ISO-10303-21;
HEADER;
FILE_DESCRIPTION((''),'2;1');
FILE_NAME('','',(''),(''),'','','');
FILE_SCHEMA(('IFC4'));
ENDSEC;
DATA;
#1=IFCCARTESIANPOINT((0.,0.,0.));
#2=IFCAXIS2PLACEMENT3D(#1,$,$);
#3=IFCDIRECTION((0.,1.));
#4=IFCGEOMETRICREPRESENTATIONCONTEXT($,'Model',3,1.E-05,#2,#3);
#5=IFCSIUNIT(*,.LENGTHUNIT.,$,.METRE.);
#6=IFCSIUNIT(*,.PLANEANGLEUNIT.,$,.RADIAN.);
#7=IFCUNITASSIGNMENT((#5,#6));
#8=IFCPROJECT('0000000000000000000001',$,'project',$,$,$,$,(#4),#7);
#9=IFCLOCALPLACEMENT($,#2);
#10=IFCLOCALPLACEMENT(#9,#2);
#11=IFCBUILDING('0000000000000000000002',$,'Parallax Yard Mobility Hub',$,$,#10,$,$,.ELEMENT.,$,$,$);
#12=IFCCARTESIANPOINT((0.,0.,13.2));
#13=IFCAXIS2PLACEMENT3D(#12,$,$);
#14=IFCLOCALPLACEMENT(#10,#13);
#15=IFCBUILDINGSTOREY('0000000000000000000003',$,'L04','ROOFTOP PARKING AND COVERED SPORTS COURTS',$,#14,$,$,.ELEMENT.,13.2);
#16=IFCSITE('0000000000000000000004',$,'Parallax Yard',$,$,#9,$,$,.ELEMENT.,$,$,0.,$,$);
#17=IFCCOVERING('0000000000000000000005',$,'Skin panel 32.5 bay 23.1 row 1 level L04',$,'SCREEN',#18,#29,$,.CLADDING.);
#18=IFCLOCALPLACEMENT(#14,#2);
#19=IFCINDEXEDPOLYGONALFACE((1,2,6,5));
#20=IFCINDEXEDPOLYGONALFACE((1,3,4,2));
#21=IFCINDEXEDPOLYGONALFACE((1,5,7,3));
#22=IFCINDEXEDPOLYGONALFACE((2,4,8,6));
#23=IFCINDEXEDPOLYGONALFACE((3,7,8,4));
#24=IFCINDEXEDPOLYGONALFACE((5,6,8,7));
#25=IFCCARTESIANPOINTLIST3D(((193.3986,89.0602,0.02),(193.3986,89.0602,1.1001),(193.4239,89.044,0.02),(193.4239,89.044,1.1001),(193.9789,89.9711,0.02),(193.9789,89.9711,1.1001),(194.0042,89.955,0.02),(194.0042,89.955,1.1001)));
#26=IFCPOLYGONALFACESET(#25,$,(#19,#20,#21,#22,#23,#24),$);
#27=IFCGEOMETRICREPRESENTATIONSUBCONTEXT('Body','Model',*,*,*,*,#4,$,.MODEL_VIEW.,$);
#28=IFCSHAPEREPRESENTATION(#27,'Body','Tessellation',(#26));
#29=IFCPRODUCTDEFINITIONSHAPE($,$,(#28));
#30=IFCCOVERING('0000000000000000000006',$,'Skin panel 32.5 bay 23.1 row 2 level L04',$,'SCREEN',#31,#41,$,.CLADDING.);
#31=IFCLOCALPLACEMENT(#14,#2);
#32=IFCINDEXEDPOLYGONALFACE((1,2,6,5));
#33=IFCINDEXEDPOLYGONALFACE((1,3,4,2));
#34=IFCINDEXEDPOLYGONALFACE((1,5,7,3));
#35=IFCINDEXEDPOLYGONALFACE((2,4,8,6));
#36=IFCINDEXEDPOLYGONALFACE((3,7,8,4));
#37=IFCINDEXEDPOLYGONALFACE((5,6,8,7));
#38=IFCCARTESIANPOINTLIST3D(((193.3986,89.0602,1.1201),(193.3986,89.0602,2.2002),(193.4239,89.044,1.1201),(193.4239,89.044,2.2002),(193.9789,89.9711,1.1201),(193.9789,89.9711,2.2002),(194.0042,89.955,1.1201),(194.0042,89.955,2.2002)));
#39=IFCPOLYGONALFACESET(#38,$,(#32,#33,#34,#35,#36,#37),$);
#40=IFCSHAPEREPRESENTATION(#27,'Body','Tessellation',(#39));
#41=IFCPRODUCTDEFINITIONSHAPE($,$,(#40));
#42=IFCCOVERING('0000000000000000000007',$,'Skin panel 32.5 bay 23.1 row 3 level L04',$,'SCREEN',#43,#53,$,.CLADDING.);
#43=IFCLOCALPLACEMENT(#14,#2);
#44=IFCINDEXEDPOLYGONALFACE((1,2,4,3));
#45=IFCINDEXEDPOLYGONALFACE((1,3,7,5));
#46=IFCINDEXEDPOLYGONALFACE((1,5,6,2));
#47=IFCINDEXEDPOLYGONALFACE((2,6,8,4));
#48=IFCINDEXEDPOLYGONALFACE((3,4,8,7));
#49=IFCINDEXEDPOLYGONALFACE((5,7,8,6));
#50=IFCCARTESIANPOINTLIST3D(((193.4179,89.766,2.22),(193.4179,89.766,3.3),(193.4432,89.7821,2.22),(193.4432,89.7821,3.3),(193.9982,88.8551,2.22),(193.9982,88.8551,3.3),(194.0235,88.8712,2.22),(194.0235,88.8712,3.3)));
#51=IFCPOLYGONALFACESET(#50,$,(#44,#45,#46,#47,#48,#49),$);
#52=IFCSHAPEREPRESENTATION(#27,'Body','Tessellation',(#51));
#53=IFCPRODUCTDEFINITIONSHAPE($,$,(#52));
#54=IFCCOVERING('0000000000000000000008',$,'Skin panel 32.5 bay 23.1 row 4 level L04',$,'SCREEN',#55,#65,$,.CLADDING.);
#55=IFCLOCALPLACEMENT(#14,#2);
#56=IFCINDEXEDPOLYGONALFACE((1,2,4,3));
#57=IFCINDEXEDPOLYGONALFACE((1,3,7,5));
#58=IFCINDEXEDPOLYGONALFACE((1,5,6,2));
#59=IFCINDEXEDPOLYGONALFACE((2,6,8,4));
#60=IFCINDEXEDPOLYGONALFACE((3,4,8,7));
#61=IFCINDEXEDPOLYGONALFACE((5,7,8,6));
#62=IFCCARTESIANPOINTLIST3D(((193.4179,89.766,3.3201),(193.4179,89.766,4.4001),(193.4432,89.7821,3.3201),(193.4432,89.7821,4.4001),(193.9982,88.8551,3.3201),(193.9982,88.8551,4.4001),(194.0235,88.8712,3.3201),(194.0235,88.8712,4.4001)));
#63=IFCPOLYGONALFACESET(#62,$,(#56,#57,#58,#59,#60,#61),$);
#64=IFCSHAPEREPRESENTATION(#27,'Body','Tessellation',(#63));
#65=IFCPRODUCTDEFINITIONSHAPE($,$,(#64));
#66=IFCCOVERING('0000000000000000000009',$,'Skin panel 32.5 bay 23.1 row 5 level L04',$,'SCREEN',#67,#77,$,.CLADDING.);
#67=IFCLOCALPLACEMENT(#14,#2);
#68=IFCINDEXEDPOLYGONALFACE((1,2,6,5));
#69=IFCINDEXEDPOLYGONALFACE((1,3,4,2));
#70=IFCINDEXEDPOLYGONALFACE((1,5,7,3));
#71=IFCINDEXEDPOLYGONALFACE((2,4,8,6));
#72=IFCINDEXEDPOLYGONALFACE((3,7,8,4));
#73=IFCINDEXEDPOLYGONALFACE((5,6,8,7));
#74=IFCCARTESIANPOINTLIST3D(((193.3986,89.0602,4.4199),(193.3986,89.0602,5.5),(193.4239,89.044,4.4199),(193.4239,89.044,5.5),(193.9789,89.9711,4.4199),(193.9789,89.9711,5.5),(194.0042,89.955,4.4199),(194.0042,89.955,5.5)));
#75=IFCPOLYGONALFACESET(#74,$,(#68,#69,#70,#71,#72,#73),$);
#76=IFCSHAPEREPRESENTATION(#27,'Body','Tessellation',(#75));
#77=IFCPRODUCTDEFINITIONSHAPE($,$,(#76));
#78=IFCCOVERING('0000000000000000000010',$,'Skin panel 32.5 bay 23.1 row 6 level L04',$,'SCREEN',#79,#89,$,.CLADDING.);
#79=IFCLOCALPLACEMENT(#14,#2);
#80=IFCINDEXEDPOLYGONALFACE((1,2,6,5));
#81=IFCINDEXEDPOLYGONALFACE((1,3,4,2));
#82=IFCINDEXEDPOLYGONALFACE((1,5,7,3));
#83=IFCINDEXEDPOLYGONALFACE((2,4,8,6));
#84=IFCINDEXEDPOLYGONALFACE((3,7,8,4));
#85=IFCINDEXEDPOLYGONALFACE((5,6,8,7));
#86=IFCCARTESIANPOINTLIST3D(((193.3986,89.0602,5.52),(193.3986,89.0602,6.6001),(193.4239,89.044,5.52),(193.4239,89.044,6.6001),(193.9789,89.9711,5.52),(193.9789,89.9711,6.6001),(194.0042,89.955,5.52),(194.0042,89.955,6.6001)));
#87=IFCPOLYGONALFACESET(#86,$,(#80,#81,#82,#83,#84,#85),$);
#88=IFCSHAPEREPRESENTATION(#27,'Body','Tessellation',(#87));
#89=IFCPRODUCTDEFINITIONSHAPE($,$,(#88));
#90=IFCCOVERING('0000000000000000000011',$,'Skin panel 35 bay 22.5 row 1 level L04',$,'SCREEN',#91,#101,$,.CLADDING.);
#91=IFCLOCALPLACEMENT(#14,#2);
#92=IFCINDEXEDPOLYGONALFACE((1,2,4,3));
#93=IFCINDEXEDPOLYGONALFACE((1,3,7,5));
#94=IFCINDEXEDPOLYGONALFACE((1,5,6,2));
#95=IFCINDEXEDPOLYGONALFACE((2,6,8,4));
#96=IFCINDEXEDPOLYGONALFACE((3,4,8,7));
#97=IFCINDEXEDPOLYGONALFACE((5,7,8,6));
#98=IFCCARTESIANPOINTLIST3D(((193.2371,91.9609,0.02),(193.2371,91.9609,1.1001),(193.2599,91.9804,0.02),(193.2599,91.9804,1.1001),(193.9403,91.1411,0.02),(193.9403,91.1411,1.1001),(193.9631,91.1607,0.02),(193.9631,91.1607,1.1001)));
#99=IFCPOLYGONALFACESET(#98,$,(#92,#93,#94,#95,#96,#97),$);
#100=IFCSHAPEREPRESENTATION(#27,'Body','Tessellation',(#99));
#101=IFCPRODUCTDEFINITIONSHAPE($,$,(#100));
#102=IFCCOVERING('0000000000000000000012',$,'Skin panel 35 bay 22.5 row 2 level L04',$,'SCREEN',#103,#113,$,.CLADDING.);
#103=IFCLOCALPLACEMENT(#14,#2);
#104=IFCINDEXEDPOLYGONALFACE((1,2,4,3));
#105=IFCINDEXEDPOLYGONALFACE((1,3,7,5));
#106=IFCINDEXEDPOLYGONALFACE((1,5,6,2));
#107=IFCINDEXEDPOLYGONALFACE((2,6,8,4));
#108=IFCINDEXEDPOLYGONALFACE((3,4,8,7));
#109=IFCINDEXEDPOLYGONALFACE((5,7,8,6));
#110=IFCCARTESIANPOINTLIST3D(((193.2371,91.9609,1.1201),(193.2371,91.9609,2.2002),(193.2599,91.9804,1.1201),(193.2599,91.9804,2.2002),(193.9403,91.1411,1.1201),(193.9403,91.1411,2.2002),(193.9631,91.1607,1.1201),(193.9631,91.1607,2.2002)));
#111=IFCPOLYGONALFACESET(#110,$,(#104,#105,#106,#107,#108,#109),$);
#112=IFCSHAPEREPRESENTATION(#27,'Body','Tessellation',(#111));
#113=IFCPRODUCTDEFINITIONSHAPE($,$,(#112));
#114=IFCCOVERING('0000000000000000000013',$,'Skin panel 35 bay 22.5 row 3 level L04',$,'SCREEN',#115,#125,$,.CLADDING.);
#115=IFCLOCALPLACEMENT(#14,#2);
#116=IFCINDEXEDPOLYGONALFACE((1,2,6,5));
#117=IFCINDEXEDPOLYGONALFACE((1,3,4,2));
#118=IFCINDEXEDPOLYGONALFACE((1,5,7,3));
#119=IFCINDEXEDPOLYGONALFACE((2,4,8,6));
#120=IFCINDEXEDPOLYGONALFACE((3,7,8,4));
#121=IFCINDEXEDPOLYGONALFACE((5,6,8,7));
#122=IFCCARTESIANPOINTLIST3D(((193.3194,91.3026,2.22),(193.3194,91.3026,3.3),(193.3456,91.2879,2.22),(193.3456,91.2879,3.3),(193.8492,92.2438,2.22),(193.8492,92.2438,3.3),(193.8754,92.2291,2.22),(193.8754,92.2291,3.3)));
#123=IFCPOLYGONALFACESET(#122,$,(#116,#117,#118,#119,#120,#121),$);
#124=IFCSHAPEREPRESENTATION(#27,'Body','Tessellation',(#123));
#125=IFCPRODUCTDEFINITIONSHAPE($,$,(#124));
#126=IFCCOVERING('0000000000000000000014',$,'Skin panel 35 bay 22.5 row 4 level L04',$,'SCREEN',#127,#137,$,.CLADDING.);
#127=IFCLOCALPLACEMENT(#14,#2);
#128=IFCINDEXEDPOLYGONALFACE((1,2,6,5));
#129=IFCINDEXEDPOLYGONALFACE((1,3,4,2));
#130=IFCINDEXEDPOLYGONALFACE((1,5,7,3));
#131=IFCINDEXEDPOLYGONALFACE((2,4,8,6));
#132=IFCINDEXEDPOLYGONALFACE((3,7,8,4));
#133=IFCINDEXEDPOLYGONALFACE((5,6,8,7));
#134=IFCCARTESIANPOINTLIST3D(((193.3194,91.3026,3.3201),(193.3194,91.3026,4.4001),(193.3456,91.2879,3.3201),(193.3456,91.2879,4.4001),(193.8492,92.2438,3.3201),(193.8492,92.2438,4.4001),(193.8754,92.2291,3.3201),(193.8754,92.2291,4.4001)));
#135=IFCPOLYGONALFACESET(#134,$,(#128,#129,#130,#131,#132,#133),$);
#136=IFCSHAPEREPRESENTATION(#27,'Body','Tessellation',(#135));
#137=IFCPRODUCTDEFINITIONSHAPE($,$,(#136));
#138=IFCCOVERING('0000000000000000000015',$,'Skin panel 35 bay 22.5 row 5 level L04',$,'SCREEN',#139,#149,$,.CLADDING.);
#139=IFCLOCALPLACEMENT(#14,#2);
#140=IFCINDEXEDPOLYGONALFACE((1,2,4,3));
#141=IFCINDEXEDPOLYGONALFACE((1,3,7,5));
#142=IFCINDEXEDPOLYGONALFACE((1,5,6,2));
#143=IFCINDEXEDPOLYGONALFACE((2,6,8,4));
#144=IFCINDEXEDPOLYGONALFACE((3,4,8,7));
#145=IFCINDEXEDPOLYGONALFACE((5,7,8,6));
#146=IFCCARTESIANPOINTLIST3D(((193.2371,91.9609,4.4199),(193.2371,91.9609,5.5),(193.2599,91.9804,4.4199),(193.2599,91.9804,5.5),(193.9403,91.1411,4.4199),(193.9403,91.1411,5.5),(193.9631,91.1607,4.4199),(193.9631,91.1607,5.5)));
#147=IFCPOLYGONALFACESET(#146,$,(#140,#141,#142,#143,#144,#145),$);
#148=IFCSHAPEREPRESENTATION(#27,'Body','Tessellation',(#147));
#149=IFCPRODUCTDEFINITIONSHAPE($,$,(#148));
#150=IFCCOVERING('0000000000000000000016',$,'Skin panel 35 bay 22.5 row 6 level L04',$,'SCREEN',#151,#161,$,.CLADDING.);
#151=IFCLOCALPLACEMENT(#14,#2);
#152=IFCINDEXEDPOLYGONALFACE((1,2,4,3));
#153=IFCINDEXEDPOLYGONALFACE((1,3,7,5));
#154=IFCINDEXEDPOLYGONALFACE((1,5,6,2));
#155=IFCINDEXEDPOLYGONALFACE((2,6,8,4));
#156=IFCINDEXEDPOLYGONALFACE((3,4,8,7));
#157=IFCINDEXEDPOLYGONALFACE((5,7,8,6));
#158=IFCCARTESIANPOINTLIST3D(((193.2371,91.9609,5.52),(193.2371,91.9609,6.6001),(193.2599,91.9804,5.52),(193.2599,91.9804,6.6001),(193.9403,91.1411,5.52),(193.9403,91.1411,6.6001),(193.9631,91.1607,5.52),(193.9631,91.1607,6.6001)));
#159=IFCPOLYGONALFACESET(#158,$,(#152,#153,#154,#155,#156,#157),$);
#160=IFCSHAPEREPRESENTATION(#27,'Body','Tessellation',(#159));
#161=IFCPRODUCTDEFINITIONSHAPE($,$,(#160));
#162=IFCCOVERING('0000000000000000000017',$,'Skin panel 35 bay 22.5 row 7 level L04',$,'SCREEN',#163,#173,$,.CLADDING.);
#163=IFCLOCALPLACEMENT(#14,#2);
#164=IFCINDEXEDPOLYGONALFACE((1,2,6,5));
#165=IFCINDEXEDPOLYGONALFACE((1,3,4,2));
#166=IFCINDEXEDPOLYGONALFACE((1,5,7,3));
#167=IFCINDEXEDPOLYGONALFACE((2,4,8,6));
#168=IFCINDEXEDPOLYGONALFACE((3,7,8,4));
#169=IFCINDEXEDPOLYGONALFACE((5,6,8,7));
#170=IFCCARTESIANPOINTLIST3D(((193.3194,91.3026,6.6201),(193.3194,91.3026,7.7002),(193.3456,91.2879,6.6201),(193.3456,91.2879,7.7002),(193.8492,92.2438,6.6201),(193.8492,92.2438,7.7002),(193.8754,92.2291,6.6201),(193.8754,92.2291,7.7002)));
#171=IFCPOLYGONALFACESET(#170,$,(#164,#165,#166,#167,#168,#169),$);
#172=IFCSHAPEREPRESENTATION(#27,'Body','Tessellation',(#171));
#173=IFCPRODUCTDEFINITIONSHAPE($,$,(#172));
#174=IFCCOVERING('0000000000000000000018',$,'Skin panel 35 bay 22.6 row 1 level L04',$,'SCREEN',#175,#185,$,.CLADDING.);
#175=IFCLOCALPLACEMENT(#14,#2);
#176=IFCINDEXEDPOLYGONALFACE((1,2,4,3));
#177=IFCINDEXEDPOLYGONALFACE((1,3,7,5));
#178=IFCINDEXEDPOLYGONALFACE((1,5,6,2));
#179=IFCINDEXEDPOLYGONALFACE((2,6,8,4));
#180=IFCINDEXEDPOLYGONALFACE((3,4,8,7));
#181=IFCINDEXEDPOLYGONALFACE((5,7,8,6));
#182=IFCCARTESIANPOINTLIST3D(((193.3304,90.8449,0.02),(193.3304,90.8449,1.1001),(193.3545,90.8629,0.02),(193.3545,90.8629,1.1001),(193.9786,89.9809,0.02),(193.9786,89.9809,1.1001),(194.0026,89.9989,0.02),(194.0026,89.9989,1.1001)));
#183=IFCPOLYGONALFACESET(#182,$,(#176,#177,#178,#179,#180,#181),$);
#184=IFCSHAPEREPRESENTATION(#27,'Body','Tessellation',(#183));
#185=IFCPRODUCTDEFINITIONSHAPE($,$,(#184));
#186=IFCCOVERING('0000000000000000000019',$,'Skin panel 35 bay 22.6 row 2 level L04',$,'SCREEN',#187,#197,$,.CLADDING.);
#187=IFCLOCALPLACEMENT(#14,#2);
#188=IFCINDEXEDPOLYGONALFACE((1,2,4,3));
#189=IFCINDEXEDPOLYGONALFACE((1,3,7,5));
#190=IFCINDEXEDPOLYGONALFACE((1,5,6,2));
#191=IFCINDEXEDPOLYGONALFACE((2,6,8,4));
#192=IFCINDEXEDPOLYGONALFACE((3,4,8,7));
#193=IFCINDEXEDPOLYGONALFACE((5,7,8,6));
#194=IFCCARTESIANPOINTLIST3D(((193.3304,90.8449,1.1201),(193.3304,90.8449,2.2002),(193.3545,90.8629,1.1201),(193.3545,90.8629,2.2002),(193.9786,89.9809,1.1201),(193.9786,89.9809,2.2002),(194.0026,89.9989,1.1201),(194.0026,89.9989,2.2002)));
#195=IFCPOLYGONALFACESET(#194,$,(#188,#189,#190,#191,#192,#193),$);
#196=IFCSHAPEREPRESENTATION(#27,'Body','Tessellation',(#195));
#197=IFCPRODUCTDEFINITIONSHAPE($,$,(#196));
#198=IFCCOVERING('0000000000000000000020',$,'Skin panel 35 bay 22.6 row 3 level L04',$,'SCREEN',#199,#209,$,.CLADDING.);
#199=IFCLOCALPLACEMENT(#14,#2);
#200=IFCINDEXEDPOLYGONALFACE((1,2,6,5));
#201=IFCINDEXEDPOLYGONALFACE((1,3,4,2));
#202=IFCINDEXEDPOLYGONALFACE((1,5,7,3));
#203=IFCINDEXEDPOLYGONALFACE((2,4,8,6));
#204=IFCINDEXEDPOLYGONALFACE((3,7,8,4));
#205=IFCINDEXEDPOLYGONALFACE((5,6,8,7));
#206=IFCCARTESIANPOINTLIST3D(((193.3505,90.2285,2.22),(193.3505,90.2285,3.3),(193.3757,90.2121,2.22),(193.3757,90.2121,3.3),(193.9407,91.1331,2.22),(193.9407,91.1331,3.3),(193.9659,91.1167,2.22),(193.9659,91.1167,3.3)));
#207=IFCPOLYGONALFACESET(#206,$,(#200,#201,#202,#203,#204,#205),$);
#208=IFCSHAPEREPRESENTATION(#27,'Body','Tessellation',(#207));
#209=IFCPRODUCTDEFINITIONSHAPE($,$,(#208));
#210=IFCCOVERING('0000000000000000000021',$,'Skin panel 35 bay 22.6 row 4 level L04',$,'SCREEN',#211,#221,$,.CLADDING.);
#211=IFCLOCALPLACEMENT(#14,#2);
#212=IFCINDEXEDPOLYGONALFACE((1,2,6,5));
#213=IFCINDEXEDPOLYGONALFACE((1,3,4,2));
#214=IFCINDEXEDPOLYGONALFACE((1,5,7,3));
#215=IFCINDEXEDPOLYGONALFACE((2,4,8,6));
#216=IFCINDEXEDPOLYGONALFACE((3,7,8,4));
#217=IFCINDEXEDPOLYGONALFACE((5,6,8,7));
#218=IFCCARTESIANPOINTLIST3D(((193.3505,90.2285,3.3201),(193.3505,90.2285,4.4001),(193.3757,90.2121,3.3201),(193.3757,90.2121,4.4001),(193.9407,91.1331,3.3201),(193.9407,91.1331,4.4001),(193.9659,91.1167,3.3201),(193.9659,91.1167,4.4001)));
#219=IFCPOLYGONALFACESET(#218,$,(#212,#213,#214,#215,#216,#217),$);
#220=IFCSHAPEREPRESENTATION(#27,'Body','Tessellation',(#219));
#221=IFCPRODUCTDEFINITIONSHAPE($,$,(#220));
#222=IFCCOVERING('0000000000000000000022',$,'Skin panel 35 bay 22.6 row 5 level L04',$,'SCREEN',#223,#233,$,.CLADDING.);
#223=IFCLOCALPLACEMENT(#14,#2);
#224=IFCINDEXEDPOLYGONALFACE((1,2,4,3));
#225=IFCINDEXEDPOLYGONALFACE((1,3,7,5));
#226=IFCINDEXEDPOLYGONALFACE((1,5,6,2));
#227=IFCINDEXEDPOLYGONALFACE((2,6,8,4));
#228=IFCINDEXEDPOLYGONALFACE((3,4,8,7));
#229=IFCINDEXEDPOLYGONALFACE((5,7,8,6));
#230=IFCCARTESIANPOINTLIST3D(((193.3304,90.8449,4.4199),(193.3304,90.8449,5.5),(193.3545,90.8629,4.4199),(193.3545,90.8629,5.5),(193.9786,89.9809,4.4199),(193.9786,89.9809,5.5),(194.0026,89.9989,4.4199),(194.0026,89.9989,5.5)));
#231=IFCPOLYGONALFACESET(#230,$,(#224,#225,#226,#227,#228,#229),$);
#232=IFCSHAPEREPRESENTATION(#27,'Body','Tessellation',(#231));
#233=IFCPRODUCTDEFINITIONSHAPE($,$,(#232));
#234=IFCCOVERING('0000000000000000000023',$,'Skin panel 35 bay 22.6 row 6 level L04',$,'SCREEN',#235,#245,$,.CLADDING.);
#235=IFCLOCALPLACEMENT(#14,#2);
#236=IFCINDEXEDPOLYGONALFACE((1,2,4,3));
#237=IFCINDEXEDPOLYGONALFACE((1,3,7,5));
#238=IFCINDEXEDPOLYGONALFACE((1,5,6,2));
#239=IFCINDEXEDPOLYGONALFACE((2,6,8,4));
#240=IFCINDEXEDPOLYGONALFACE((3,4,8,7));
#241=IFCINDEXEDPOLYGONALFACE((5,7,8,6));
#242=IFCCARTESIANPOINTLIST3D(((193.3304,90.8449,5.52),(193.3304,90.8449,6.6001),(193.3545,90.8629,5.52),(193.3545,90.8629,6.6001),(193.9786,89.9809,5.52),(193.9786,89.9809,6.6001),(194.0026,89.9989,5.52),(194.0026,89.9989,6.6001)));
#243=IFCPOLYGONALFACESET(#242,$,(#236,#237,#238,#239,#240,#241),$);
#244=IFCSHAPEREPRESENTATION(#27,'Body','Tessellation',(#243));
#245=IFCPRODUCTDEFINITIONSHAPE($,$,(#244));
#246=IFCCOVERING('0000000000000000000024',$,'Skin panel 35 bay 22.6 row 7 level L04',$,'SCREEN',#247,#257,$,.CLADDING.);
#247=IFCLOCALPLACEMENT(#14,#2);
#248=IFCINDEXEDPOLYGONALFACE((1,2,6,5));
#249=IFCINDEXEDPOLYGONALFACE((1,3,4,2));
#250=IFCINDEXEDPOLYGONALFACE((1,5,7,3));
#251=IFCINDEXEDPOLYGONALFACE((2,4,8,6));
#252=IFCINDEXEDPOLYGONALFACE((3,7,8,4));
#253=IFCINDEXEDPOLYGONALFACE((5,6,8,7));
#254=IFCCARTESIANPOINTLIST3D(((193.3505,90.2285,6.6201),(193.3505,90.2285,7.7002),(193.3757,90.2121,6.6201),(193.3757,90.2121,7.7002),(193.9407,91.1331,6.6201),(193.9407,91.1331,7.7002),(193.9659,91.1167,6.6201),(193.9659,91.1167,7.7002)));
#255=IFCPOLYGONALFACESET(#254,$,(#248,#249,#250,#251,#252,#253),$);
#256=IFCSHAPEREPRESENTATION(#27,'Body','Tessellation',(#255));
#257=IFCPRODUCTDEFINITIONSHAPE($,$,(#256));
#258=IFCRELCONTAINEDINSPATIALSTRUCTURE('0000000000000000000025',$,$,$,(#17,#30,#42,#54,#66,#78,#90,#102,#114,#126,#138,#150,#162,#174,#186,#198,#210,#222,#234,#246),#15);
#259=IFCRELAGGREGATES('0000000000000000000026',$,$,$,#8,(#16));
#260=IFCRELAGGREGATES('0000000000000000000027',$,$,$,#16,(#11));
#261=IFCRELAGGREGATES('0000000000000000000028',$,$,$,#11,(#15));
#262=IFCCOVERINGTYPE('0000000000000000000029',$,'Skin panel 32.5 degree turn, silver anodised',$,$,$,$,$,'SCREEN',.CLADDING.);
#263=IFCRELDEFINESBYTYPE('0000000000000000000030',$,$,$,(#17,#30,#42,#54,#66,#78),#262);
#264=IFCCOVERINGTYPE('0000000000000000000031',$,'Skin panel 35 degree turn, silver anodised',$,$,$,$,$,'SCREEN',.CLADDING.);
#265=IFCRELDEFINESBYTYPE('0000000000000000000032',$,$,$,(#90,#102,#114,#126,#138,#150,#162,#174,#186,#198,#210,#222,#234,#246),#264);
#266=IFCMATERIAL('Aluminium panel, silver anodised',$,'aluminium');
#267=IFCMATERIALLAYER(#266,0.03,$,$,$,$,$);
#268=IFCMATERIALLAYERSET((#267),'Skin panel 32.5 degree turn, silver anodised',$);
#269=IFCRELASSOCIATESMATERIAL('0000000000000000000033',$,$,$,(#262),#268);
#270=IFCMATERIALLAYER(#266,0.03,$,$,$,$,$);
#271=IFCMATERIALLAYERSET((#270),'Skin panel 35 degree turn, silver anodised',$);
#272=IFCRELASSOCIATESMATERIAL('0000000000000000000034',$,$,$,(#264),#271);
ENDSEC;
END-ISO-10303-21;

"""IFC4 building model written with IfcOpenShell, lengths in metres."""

from ifc_helpers import new_model, si_unit, direction, frame, origin, origin_2d, place, context, subcontext, project, spatial, rectangle, extrude, material, layer, layer_set, type_object, element, save


model = new_model("IFC4")

# Units and contexts
model_context = context("Model", 3, precision=1e-05, world=origin(), true_north=direction((0.0, 1.0)))
body_context = subcontext(model_context, "Body", "Model", "MODEL_VIEW")
ifc_project = project(units=[si_unit("LENGTHUNIT", "METRE"), si_unit("PLANEANGLEUNIT", "RADIAN")], contexts=[model_context])

# Site, building, storey
site_placement = place(None, origin())
site = spatial("IfcSite", under=ifc_project, at=site_placement, Name="Parallax Yard", CompositionType="ELEMENT", RefElevation=0.0)
building_placement = place(site_placement, origin())
building = spatial("IfcBuilding", under=site, at=building_placement, Name="Parallax Yard Mobility Hub", CompositionType="ELEMENT")
storey_placement = place(building_placement, frame((0.0, 0.0, 13.2)))
storey = spatial("IfcBuildingStorey", under=building, at=storey_placement, Name="L04", Description="ROOFTOP PARKING AND COVERED SPORTS COURTS", CompositionType="ELEMENT", Elevation=13.2)

# Coverings
ifc_material_1 = material(Name="Aluminium panel, silver anodised", Category="aluminium")
ifc_layer_1 = layer(ifc_material_1, 0.03)
ifc_layer_set_1 = layer_set([ifc_layer_1], Name="Skin panel 32.5 degree turn, silver anodised")
covering_type_1 = type_object("IfcCoveringType", Name="Skin panel 32.5 degree turn, silver anodised", ElementType="SCREEN", PredefinedType="CLADDING", material=ifc_layer_set_1)
for number, where, z_axis, x_axis, name in (
    (1, (193.7014, 89.5076, 0.02), (0.0, 0.0, 1.0), (-0.5373, -0.843391, 0.0), "Skin panel 32.5 bay 23.1 row 1 level L04"),
    (2, (193.7014, 89.5076, 1.1201), (0.0, 0.0, 1.0), (-0.5373, -0.843391, 0.0), "Skin panel 32.5 bay 23.1 row 2 level L04"),
    (3, (193.7207, 89.3186, 2.22), (0.0, 0.0, 1.0), (-0.5373, 0.843391, 0.0), "Skin panel 32.5 bay 23.1 row 3 level L04"),
    (4, (193.7207, 89.3186, 3.3201), (0.0, 0.0, 1.0), (-0.5373, 0.843391, 0.0), "Skin panel 32.5 bay 23.1 row 4 level L04"),
    (5, (193.7014, 89.5076, 4.4199), (0.0, 0.0, 1.0), (-0.5373, -0.843391, 0.0), "Skin panel 32.5 bay 23.1 row 5 level L04"),
    (6, (193.7014, 89.5076, 5.52), (0.0, 0.0, 1.0), (-0.5373, -0.843391, 0.0), "Skin panel 32.5 bay 23.1 row 6 level L04"),
):
    element("IfcCovering", number, at=place(storey_placement, frame(where, z_axis=z_axis, x_axis=x_axis)), inside=storey, type_object=covering_type_1, Name=name, ObjectType="SCREEN", PredefinedType="CLADDING", context=body_context, shape_type="SweptSolid", body=[
        extrude(rectangle(XDim=1.0801, YDim=0.03, at=origin_2d()), origin(), (0.0, 0.0, 1.0), 1.0801),
    ])
ifc_layer_2 = layer(ifc_material_1, 0.03)
ifc_layer_set_2 = layer_set([ifc_layer_2], Name="Skin panel 35 degree turn, silver anodised")
covering_type_2 = type_object("IfcCoveringType", Name="Skin panel 35 degree turn, silver anodised", ElementType="SCREEN", PredefinedType="CLADDING", material=ifc_layer_set_2)
for number, where, z_axis, x_axis, name in (
    (7, (193.6001, 91.5608, 0.02), (0.0, 0.0, 1.0), (-0.651105, 0.758987, 0.0), "Skin panel 35 bay 22.5 row 1 level L04"),
    (8, (193.6001, 91.5608, 1.1201), (0.0, 0.0, 1.0), (-0.651105, 0.758987, 0.0), "Skin panel 35 bay 22.5 row 2 level L04"),
    (9, (193.5974, 91.7659, 2.22), (0.0, 0.0, 1.0), (-0.490524, -0.871428, 0.0), "Skin panel 35 bay 22.5 row 3 level L04"),
    (10, (193.5974, 91.7659, 3.3201), (0.0, 0.0, 1.0), (-0.490524, -0.871428, 0.0), "Skin panel 35 bay 22.5 row 4 level L04"),
    (11, (193.6001, 91.5608, 4.4199), (0.0, 0.0, 1.0), (-0.651105, 0.758987, 0.0), "Skin panel 35 bay 22.5 row 5 level L04"),
    (12, (193.6001, 91.5608, 5.52), (0.0, 0.0, 1.0), (-0.651105, 0.758987, 0.0), "Skin panel 35 bay 22.5 row 6 level L04"),
    (13, (193.5974, 91.7659, 6.6201), (0.0, 0.0, 1.0), (-0.490524, -0.871428, 0.0), "Skin panel 35 bay 22.5 row 7 level L04"),
    (14, (193.6665, 90.4219, 0.02), (0.0, 0.0, 1.0), (-0.600071, 0.799947, 0.0), "Skin panel 35 bay 22.6 row 1 level L04"),
    (15, (193.6665, 90.4219, 1.1201), (0.0, 0.0, 1.0), (-0.600071, 0.799947, 0.0), "Skin panel 35 bay 22.6 row 2 level L04"),
    (16, (193.6582, 90.6726, 2.22), (0.0, 0.0, 1.0), (-0.546467, -0.83748, 0.0), "Skin panel 35 bay 22.6 row 3 level L04"),
    (17, (193.6582, 90.6726, 3.3201), (0.0, 0.0, 1.0), (-0.546467, -0.83748, 0.0), "Skin panel 35 bay 22.6 row 4 level L04"),
    (18, (193.6665, 90.4219, 4.4199), (0.0, 0.0, 1.0), (-0.600071, 0.799947, 0.0), "Skin panel 35 bay 22.6 row 5 level L04"),
    (19, (193.6665, 90.4219, 5.52), (0.0, 0.0, 1.0), (-0.600071, 0.799947, 0.0), "Skin panel 35 bay 22.6 row 6 level L04"),
    (20, (193.6582, 90.6726, 6.6201), (0.0, 0.0, 1.0), (-0.546467, -0.83748, 0.0), "Skin panel 35 bay 22.6 row 7 level L04"),
):
    element("IfcCovering", number, at=place(storey_placement, frame(where, z_axis=z_axis, x_axis=x_axis)), inside=storey, type_object=covering_type_2, Name=name, ObjectType="SCREEN", PredefinedType="CLADDING", context=body_context, shape_type="SweptSolid", body=[
        extrude(rectangle(XDim=1.0801, YDim=0.03, at=origin_2d()), origin(), (0.0, 0.0, 1.0), 1.0801),
    ])

save(model, "model.ifc")
